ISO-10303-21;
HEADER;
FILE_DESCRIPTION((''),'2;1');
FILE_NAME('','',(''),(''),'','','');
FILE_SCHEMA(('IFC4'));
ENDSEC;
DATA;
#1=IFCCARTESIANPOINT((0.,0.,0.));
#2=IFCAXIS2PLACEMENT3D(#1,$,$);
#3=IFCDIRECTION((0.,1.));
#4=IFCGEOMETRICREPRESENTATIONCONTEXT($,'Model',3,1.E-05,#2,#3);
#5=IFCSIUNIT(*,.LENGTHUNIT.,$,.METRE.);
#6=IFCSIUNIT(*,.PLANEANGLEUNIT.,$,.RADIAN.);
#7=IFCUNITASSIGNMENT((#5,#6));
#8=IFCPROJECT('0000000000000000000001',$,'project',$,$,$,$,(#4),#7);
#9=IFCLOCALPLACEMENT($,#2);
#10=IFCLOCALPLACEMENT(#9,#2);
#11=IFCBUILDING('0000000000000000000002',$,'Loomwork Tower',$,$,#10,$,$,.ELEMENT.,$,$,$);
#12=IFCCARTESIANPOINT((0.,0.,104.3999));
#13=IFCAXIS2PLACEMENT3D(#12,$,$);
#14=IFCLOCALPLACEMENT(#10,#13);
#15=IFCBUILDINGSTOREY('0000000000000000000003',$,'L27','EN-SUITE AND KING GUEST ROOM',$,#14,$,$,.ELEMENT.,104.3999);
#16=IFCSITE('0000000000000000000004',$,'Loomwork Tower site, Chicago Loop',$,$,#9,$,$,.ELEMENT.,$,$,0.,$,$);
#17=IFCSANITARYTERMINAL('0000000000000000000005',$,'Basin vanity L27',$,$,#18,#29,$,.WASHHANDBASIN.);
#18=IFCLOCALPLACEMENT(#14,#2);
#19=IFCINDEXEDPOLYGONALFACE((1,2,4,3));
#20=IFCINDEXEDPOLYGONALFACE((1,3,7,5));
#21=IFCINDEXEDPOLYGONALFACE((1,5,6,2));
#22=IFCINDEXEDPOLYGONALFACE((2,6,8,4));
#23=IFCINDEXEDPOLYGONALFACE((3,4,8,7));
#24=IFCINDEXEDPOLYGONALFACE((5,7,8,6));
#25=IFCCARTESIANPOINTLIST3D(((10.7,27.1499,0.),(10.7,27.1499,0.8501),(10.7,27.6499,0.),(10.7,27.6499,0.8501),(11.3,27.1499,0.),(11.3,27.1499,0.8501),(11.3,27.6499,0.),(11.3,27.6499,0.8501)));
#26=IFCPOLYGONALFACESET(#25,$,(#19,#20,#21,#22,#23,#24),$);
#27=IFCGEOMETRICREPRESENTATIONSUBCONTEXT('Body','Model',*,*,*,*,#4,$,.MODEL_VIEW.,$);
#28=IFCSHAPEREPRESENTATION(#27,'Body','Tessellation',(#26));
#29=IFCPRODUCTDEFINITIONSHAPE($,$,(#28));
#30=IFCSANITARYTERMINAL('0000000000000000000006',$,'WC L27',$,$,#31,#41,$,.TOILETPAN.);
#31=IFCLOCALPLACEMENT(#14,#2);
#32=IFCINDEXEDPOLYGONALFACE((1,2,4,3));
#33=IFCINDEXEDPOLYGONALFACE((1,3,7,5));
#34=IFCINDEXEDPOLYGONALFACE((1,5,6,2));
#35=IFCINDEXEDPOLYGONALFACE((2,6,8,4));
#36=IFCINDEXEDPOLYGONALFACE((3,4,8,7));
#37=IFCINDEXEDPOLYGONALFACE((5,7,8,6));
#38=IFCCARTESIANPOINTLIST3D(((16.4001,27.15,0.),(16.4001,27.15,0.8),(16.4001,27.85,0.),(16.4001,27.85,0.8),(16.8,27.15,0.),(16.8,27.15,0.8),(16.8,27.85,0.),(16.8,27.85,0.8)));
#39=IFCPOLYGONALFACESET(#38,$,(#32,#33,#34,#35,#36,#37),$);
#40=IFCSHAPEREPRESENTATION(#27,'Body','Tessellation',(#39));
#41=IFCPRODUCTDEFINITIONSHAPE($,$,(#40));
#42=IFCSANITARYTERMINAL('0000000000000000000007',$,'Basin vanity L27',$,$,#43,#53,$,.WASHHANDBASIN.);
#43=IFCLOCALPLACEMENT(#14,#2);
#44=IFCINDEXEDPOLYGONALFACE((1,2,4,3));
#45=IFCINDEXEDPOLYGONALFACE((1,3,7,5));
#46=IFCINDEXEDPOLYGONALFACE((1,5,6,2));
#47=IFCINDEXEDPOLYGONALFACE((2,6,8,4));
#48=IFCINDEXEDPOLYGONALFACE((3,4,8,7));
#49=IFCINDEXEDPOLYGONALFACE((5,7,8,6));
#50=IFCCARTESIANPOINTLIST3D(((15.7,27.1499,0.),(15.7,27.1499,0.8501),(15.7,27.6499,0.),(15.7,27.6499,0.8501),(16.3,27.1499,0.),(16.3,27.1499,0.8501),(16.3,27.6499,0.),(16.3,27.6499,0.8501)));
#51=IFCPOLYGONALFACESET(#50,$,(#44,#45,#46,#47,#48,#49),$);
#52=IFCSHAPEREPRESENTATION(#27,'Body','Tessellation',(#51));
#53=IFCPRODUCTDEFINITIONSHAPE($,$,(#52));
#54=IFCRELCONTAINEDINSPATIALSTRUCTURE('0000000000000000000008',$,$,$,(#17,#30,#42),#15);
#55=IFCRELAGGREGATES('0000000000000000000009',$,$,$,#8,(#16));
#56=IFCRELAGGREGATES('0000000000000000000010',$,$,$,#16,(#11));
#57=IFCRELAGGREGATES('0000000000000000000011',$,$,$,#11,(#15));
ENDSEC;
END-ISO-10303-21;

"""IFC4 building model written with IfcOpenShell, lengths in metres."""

from ifc_helpers import new_model, si_unit, direction, frame, origin, origin_2d, place, context, subcontext, project, spatial, rectangle, extrude, element, save


model = new_model("IFC4")

# Units and contexts
model_context = context("Model", 3, precision=1e-05, world=origin(), true_north=direction((0.0, 1.0)))
body_context = subcontext(model_context, "Body", "Model", "MODEL_VIEW")
ifc_project = project(units=[si_unit("LENGTHUNIT", "METRE"), si_unit("PLANEANGLEUNIT", "RADIAN")], contexts=[model_context])

# Site, building, storey
site_placement = place(None, origin())
site = spatial("IfcSite", under=ifc_project, at=site_placement, Name="Loomwork Tower site, Chicago Loop", CompositionType="ELEMENT", RefElevation=0.0)
building_placement = place(site_placement, origin())
building = spatial("IfcBuilding", under=site, at=building_placement, Name="Loomwork Tower", CompositionType="ELEMENT")
storey_placement = place(building_placement, frame((0.0, 0.0, 104.3999)))
storey = spatial("IfcBuildingStorey", under=building, at=storey_placement, Name="L27", Description="EN-SUITE AND KING GUEST ROOM", CompositionType="ELEMENT", Elevation=104.3999)

# Sanitary terminals
sanitary_terminal_1_placement = place(storey_placement, frame((11.0, 27.3999, 0.0), z_axis=(0.0, 0.0, 1.0), x_axis=(1.0, 0.0, 0.0)))
element("IfcSanitaryTerminal", 1, at=sanitary_terminal_1_placement, inside=storey, Name="Basin vanity L27", PredefinedType="WASHHANDBASIN", context=body_context, shape_type="SweptSolid", body=[
    extrude(rectangle(XDim=0.6001, YDim=0.5, at=origin_2d()), origin(), (0.0, 0.0, 1.0), 0.8501),
])
sanitary_terminal_2_placement = place(storey_placement, frame((16.6001, 27.5, 0.0), z_axis=(0.0, 0.0, 1.0), x_axis=(1.0, 0.0, 0.0)))
element("IfcSanitaryTerminal", 2, at=sanitary_terminal_2_placement, inside=storey, Name="WC L27", PredefinedType="TOILETPAN", context=body_context, shape_type="SweptSolid", body=[
    extrude(rectangle(XDim=0.3999, YDim=0.7, at=origin_2d()), origin(), (0.0, 0.0, 1.0), 0.8),
])
sanitary_terminal_3_placement = place(storey_placement, frame((16.0, 27.3999, 0.0), z_axis=(0.0, 0.0, 1.0), x_axis=(1.0, 0.0, 0.0)))
element("IfcSanitaryTerminal", 3, at=sanitary_terminal_3_placement, inside=storey, Name="Basin vanity L27", PredefinedType="WASHHANDBASIN", context=body_context, shape_type="SweptSolid", body=[
    extrude(rectangle(XDim=0.6001, YDim=0.5, at=origin_2d()), origin(), (0.0, 0.0, 1.0), 0.8501),
])

save(model, "model.ifc")
